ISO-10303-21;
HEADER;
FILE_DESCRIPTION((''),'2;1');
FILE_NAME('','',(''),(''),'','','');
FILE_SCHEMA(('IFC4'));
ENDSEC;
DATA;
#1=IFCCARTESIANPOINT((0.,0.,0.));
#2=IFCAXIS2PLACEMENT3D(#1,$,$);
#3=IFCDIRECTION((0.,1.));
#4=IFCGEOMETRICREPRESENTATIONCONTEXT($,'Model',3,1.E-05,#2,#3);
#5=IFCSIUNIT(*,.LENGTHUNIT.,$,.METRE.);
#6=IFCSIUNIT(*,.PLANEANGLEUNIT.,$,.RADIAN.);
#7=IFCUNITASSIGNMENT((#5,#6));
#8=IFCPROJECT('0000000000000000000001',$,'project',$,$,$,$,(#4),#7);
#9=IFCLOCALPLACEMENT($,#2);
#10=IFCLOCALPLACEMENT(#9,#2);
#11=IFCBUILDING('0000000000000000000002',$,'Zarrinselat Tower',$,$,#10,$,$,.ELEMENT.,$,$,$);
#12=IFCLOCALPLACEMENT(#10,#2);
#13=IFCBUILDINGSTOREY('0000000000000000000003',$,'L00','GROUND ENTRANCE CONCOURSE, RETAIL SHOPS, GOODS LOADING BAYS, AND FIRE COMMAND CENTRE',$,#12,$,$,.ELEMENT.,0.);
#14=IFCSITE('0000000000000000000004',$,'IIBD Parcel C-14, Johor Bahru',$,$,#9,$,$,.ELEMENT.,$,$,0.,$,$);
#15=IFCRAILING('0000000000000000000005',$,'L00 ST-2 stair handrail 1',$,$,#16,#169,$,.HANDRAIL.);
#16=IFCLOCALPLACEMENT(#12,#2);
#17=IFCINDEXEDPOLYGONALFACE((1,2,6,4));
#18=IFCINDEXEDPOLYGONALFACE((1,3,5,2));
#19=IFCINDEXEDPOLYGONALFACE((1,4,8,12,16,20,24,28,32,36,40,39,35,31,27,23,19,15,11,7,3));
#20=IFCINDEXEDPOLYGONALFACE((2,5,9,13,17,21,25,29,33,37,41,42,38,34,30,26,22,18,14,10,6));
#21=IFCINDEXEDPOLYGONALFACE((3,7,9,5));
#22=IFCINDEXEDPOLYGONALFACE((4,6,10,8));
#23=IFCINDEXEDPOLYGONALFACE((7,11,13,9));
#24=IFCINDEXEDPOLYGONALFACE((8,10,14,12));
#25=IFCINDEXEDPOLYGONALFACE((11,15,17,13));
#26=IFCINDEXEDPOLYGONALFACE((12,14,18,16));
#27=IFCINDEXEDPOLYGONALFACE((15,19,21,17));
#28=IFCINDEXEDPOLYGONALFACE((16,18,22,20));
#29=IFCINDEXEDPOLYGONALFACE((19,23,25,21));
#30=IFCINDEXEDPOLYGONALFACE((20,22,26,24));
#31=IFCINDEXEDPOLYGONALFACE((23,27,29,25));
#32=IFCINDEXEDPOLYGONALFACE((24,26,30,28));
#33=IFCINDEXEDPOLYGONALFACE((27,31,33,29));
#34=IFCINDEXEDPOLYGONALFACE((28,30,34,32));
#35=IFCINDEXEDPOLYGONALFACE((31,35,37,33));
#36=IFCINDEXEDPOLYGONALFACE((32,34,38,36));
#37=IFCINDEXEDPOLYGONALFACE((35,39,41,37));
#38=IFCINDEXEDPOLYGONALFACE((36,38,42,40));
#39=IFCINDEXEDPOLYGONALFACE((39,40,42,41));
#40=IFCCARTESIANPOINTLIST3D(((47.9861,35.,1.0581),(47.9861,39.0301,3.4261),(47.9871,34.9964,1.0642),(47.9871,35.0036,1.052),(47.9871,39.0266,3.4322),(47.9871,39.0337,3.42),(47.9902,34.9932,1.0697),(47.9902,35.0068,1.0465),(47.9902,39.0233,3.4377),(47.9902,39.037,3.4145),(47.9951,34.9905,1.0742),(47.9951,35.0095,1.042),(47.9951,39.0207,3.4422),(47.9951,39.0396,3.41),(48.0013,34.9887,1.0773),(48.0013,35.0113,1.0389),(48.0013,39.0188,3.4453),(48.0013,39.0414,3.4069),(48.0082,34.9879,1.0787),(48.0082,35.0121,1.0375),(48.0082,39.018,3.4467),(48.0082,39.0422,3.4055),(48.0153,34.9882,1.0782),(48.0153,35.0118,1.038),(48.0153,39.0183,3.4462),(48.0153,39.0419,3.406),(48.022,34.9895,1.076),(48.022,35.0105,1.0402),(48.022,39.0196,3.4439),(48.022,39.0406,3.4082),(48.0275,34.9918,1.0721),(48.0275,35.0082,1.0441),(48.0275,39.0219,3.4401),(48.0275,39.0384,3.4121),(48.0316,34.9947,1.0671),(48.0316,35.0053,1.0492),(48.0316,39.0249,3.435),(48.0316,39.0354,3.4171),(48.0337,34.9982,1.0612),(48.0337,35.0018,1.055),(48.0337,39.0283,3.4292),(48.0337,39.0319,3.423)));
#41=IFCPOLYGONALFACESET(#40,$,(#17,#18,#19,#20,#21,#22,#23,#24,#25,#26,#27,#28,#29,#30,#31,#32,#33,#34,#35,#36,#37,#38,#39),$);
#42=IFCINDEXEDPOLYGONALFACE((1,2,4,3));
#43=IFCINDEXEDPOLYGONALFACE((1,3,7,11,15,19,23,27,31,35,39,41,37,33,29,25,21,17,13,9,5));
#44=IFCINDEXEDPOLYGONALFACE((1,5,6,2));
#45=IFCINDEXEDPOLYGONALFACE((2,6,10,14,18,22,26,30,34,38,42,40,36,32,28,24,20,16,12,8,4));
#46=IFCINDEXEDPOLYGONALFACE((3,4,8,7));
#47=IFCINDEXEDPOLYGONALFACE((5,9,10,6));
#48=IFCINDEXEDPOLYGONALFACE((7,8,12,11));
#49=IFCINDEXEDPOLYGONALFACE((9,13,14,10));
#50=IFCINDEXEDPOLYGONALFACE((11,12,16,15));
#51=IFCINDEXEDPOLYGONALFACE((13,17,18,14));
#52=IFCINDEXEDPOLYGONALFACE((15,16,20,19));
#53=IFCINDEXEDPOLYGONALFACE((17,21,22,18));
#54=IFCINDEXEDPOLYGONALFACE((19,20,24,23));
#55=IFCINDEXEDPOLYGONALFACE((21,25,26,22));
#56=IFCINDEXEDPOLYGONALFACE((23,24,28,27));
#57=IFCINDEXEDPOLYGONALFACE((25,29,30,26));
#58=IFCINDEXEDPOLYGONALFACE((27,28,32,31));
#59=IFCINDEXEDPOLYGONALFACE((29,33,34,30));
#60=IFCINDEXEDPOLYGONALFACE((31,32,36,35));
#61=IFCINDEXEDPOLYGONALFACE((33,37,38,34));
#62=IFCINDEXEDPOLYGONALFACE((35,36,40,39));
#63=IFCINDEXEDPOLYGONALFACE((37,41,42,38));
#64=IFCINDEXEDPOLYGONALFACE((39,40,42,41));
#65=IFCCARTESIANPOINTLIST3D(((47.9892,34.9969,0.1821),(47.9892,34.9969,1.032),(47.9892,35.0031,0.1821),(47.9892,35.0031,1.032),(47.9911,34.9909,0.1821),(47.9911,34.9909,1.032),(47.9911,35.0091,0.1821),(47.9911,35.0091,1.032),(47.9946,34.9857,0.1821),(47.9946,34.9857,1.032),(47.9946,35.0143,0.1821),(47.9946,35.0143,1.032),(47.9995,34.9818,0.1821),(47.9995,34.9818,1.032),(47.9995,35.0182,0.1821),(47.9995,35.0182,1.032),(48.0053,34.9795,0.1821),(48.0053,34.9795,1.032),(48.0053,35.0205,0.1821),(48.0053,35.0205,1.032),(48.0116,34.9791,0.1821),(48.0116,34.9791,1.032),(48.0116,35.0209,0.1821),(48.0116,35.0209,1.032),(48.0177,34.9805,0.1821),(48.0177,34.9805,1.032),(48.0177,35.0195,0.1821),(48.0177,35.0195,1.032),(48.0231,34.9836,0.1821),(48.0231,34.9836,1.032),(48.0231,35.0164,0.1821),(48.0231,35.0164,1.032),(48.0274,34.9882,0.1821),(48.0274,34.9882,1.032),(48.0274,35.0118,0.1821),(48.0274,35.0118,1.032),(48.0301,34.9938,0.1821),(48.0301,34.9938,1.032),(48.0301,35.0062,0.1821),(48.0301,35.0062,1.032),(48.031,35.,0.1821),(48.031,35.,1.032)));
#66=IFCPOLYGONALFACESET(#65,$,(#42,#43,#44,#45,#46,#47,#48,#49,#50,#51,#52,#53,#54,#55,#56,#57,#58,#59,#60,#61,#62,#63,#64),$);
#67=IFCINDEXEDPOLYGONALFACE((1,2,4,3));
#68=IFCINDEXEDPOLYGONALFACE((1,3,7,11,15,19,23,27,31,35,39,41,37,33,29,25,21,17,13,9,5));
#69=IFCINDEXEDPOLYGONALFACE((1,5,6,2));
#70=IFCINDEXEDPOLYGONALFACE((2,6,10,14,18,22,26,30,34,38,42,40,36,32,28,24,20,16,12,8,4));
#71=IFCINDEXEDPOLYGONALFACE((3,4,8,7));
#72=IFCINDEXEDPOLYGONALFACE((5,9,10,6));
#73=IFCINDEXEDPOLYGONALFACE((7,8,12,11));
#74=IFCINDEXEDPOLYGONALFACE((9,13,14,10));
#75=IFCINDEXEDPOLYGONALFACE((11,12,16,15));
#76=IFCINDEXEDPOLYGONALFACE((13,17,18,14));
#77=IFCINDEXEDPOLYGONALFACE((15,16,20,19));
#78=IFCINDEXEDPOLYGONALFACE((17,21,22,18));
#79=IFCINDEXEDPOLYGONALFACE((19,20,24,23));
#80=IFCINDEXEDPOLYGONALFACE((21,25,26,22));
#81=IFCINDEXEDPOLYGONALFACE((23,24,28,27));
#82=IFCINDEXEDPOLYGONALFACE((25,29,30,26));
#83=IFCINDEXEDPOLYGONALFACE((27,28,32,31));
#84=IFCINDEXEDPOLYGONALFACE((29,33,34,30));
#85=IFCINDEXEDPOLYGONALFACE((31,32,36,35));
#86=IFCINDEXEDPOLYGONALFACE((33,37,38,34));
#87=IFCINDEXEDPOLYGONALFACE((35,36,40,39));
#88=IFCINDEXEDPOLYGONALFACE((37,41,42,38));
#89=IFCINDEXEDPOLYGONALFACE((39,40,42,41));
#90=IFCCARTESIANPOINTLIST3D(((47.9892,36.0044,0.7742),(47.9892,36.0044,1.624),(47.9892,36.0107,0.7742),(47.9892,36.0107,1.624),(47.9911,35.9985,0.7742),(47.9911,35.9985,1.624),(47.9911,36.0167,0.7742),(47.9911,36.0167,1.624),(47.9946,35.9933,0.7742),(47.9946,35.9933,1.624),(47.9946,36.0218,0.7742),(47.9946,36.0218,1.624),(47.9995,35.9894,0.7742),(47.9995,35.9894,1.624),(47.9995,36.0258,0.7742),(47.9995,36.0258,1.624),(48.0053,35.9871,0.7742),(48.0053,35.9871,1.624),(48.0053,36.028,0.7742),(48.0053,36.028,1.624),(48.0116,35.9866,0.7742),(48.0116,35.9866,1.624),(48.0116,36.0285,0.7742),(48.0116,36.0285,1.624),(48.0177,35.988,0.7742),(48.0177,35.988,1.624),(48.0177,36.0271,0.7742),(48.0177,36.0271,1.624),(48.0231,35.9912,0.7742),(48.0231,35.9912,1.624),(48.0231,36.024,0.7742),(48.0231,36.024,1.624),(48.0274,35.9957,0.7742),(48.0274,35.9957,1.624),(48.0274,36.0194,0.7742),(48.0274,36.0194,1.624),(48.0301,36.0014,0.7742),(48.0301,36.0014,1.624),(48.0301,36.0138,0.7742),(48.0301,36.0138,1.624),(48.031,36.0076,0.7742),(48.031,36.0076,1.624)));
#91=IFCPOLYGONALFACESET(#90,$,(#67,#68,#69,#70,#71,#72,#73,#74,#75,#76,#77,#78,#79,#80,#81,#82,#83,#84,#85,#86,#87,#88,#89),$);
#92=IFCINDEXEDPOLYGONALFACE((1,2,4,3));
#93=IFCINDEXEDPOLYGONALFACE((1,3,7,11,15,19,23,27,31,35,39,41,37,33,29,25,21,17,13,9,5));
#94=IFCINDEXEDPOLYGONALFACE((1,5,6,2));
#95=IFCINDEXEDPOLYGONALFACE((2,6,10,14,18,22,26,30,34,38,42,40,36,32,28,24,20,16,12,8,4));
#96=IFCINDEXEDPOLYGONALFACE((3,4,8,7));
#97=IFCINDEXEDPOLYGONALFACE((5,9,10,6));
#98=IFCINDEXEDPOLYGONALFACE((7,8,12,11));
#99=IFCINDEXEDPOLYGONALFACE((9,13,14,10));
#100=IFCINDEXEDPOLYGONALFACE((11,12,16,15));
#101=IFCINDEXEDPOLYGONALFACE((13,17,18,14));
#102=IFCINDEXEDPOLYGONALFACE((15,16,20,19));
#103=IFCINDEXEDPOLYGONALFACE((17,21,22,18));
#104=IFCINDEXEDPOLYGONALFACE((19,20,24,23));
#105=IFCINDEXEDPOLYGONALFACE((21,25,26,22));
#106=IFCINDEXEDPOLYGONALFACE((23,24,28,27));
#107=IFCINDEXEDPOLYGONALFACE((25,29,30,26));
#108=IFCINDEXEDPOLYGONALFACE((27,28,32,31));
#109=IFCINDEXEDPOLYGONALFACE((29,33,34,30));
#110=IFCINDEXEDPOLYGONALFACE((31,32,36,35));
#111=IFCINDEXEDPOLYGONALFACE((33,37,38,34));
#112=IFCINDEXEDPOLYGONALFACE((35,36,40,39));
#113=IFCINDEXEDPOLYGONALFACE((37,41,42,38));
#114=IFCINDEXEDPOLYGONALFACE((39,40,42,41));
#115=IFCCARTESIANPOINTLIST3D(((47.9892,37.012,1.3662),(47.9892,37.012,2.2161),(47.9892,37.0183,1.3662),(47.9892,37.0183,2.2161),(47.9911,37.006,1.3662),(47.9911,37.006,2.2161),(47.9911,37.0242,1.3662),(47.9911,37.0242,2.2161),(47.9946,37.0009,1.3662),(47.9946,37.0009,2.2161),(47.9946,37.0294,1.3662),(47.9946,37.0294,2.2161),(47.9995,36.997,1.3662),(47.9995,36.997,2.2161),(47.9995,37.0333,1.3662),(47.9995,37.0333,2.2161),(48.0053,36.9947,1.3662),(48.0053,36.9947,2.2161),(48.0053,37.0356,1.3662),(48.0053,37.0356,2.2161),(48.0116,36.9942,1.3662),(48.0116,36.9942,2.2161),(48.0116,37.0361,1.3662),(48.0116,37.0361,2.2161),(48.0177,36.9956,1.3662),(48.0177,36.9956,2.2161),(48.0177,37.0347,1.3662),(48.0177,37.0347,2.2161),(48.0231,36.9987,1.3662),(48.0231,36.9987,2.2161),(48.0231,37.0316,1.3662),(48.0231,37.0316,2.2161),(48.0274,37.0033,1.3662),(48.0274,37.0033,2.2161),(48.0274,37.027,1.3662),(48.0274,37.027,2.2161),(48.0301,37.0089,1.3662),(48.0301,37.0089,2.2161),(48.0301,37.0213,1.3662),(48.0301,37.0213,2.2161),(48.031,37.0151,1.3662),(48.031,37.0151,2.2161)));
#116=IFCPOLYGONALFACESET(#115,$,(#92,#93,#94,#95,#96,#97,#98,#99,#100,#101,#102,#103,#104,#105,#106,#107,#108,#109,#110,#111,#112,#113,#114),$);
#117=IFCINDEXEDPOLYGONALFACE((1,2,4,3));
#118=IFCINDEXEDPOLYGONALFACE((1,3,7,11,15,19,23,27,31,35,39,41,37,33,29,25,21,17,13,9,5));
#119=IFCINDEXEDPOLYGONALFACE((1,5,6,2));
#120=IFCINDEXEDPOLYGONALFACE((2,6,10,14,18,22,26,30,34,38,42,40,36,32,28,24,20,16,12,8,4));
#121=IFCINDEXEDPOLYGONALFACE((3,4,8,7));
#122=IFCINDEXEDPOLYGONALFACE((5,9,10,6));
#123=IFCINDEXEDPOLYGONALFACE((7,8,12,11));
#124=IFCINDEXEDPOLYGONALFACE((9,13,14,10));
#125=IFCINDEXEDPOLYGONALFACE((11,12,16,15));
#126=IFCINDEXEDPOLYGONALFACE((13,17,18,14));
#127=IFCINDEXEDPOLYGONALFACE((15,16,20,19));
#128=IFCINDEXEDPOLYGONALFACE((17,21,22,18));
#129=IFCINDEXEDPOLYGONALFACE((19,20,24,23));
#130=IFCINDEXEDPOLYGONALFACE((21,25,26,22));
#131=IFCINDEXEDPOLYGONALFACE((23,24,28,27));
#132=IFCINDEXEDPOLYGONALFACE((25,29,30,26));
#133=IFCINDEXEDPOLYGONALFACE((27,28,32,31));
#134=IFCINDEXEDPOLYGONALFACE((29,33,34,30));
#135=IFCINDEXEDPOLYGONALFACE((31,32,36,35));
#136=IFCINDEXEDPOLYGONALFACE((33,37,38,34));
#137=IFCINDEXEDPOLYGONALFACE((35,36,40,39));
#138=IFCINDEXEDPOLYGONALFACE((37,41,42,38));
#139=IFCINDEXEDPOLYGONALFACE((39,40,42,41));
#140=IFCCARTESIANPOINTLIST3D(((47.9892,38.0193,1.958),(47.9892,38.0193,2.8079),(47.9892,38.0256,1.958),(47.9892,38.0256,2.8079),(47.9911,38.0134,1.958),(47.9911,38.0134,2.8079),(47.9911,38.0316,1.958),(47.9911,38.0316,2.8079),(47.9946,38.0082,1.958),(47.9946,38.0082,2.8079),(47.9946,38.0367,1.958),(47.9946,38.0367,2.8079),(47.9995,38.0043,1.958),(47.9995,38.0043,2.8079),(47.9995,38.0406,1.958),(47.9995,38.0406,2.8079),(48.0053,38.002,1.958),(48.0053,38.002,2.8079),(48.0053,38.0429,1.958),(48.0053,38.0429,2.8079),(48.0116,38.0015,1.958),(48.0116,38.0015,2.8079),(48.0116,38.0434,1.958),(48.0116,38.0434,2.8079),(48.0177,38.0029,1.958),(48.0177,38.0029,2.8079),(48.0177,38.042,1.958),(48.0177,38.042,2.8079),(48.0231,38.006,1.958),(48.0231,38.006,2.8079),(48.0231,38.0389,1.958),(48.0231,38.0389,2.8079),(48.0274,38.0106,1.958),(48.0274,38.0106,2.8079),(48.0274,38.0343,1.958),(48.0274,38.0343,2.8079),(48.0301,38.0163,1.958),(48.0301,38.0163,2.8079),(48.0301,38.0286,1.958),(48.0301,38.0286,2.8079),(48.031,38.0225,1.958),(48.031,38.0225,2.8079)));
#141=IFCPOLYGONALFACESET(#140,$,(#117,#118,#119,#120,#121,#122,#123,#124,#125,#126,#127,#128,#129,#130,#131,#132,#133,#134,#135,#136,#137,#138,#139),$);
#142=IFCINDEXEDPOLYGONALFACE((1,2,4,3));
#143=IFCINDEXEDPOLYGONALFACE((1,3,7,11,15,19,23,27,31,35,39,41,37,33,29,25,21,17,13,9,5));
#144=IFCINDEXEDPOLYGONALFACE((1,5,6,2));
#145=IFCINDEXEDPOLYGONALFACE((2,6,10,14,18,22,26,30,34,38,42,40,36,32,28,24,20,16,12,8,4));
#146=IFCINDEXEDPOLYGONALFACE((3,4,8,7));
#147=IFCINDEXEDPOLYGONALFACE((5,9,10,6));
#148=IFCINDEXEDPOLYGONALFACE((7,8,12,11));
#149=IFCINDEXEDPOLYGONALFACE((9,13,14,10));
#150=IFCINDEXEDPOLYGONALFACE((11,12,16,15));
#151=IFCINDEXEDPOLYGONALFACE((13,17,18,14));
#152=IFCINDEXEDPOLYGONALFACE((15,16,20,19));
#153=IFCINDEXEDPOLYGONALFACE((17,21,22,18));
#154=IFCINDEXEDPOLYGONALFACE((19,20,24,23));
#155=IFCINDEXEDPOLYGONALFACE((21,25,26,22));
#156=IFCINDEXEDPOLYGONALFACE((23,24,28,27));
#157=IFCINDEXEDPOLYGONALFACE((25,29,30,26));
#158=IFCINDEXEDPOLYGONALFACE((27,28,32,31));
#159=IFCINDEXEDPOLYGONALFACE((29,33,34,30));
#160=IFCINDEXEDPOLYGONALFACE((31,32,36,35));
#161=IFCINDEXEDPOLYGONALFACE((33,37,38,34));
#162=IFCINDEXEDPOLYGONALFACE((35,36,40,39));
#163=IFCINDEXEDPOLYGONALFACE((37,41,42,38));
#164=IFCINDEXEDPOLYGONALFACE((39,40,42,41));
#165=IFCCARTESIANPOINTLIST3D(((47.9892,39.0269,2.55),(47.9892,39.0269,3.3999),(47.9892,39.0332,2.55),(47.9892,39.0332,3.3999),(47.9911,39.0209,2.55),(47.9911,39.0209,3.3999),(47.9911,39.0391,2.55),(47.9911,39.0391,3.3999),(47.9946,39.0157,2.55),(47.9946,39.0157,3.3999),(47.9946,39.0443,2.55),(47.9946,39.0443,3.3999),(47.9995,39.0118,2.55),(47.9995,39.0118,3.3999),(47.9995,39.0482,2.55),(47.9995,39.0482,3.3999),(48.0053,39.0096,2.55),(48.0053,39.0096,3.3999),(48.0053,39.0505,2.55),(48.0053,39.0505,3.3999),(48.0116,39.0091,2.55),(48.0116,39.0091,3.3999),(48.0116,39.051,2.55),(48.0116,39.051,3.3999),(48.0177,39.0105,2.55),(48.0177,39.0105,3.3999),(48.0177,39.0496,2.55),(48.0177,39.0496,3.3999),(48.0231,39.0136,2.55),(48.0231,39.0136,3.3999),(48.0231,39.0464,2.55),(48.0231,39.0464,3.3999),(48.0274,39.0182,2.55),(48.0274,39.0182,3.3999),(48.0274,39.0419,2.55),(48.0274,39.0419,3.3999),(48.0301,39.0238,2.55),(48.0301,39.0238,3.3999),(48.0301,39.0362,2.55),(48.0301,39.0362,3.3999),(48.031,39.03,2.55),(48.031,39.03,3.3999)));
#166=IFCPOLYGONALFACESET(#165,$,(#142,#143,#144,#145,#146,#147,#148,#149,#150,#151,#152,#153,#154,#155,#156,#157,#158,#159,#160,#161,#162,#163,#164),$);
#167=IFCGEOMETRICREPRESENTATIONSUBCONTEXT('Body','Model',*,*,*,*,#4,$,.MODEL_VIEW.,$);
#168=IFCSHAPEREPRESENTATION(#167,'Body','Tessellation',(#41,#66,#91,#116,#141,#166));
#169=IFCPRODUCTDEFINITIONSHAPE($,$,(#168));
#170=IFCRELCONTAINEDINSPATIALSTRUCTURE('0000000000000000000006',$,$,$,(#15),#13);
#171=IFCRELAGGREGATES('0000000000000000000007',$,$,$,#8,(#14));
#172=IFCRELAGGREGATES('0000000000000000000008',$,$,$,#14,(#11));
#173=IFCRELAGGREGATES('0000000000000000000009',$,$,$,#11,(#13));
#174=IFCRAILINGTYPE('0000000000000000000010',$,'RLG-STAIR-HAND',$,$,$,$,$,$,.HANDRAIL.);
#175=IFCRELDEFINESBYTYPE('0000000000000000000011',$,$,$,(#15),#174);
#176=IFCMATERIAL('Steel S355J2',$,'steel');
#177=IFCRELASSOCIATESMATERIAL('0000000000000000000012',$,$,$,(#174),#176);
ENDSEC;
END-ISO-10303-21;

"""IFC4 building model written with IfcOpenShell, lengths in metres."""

from ifc_helpers import new_model, si_unit, direction, frame, origin, origin_2d, place, context, subcontext, project, spatial, circle, extrude, material, type_object, element, save


model = new_model("IFC4")

# Units and contexts
model_context = context("Model", 3, precision=1e-05, world=origin(), true_north=direction((0.0, 1.0)))
body_context = subcontext(model_context, "Body", "Model", "MODEL_VIEW")
ifc_project = project(units=[si_unit("LENGTHUNIT", "METRE"), si_unit("PLANEANGLEUNIT", "RADIAN")], contexts=[model_context])

# Site, building, storey
site_placement = place(None, origin())
site = spatial("IfcSite", under=ifc_project, at=site_placement, Name="IIBD Parcel C-14, Johor Bahru", CompositionType="ELEMENT", RefElevation=0.0)
building_placement = place(site_placement, origin())
building = spatial("IfcBuilding", under=site, at=building_placement, Name="Zarrinselat Tower", CompositionType="ELEMENT")
storey_placement = place(building_placement, origin())
storey = spatial("IfcBuildingStorey", under=building, at=storey_placement, Name="L00", Description="GROUND ENTRANCE CONCOURSE, RETAIL SHOPS, GOODS LOADING BAYS, AND FIRE COMMAND CENTRE", CompositionType="ELEMENT", Elevation=0.0)

# Railing
ifc_material_1 = material(Name="Steel S355J2", Category="steel")
railing_type_1 = type_object("IfcRailingType", Name="RLG-STAIR-HAND", PredefinedType="HANDRAIL", material=ifc_material_1)
railing_1_placement = place(storey_placement, frame((48.01, 35.0, 0.1821)))
element("IfcRailing", 1, at=railing_1_placement, inside=storey, type_object=railing_type_1, Name="L00 ST-2 stair handrail 1", PredefinedType="HANDRAIL", context=body_context, shape_type="SweptSolid", body=[
    extrude(circle(Radius=0.0239, at=origin_2d()), frame((0.0, 0.0, 0.876), z_axis=(0.0, 0.862185, 0.506593), x_axis=(-1.0, 0.0, 0.0)), (0.0, 0.0, 1.0), 4.6743),
    extrude(circle(Radius=0.021, at=origin_2d()), origin(), (0.0, 0.0, 1.0), 0.8499),
    extrude(circle(Radius=0.021, at=origin_2d()), frame((0.0, 1.0076, 0.592)), (0.0, 0.0, 1.0), 0.8499),
    extrude(circle(Radius=0.021, at=origin_2d()), frame((0.0, 2.0151, 1.1841)), (0.0, 0.0, 1.0), 0.8499),
    extrude(circle(Radius=0.021, at=origin_2d()), frame((0.0, 3.0225, 1.7759)), (0.0, 0.0, 1.0), 0.8499),
    extrude(circle(Radius=0.021, at=origin_2d()), frame((0.0, 4.03, 2.3679)), (0.0, 0.0, 1.0), 0.8499),
])

save(model, "model.ifc")
